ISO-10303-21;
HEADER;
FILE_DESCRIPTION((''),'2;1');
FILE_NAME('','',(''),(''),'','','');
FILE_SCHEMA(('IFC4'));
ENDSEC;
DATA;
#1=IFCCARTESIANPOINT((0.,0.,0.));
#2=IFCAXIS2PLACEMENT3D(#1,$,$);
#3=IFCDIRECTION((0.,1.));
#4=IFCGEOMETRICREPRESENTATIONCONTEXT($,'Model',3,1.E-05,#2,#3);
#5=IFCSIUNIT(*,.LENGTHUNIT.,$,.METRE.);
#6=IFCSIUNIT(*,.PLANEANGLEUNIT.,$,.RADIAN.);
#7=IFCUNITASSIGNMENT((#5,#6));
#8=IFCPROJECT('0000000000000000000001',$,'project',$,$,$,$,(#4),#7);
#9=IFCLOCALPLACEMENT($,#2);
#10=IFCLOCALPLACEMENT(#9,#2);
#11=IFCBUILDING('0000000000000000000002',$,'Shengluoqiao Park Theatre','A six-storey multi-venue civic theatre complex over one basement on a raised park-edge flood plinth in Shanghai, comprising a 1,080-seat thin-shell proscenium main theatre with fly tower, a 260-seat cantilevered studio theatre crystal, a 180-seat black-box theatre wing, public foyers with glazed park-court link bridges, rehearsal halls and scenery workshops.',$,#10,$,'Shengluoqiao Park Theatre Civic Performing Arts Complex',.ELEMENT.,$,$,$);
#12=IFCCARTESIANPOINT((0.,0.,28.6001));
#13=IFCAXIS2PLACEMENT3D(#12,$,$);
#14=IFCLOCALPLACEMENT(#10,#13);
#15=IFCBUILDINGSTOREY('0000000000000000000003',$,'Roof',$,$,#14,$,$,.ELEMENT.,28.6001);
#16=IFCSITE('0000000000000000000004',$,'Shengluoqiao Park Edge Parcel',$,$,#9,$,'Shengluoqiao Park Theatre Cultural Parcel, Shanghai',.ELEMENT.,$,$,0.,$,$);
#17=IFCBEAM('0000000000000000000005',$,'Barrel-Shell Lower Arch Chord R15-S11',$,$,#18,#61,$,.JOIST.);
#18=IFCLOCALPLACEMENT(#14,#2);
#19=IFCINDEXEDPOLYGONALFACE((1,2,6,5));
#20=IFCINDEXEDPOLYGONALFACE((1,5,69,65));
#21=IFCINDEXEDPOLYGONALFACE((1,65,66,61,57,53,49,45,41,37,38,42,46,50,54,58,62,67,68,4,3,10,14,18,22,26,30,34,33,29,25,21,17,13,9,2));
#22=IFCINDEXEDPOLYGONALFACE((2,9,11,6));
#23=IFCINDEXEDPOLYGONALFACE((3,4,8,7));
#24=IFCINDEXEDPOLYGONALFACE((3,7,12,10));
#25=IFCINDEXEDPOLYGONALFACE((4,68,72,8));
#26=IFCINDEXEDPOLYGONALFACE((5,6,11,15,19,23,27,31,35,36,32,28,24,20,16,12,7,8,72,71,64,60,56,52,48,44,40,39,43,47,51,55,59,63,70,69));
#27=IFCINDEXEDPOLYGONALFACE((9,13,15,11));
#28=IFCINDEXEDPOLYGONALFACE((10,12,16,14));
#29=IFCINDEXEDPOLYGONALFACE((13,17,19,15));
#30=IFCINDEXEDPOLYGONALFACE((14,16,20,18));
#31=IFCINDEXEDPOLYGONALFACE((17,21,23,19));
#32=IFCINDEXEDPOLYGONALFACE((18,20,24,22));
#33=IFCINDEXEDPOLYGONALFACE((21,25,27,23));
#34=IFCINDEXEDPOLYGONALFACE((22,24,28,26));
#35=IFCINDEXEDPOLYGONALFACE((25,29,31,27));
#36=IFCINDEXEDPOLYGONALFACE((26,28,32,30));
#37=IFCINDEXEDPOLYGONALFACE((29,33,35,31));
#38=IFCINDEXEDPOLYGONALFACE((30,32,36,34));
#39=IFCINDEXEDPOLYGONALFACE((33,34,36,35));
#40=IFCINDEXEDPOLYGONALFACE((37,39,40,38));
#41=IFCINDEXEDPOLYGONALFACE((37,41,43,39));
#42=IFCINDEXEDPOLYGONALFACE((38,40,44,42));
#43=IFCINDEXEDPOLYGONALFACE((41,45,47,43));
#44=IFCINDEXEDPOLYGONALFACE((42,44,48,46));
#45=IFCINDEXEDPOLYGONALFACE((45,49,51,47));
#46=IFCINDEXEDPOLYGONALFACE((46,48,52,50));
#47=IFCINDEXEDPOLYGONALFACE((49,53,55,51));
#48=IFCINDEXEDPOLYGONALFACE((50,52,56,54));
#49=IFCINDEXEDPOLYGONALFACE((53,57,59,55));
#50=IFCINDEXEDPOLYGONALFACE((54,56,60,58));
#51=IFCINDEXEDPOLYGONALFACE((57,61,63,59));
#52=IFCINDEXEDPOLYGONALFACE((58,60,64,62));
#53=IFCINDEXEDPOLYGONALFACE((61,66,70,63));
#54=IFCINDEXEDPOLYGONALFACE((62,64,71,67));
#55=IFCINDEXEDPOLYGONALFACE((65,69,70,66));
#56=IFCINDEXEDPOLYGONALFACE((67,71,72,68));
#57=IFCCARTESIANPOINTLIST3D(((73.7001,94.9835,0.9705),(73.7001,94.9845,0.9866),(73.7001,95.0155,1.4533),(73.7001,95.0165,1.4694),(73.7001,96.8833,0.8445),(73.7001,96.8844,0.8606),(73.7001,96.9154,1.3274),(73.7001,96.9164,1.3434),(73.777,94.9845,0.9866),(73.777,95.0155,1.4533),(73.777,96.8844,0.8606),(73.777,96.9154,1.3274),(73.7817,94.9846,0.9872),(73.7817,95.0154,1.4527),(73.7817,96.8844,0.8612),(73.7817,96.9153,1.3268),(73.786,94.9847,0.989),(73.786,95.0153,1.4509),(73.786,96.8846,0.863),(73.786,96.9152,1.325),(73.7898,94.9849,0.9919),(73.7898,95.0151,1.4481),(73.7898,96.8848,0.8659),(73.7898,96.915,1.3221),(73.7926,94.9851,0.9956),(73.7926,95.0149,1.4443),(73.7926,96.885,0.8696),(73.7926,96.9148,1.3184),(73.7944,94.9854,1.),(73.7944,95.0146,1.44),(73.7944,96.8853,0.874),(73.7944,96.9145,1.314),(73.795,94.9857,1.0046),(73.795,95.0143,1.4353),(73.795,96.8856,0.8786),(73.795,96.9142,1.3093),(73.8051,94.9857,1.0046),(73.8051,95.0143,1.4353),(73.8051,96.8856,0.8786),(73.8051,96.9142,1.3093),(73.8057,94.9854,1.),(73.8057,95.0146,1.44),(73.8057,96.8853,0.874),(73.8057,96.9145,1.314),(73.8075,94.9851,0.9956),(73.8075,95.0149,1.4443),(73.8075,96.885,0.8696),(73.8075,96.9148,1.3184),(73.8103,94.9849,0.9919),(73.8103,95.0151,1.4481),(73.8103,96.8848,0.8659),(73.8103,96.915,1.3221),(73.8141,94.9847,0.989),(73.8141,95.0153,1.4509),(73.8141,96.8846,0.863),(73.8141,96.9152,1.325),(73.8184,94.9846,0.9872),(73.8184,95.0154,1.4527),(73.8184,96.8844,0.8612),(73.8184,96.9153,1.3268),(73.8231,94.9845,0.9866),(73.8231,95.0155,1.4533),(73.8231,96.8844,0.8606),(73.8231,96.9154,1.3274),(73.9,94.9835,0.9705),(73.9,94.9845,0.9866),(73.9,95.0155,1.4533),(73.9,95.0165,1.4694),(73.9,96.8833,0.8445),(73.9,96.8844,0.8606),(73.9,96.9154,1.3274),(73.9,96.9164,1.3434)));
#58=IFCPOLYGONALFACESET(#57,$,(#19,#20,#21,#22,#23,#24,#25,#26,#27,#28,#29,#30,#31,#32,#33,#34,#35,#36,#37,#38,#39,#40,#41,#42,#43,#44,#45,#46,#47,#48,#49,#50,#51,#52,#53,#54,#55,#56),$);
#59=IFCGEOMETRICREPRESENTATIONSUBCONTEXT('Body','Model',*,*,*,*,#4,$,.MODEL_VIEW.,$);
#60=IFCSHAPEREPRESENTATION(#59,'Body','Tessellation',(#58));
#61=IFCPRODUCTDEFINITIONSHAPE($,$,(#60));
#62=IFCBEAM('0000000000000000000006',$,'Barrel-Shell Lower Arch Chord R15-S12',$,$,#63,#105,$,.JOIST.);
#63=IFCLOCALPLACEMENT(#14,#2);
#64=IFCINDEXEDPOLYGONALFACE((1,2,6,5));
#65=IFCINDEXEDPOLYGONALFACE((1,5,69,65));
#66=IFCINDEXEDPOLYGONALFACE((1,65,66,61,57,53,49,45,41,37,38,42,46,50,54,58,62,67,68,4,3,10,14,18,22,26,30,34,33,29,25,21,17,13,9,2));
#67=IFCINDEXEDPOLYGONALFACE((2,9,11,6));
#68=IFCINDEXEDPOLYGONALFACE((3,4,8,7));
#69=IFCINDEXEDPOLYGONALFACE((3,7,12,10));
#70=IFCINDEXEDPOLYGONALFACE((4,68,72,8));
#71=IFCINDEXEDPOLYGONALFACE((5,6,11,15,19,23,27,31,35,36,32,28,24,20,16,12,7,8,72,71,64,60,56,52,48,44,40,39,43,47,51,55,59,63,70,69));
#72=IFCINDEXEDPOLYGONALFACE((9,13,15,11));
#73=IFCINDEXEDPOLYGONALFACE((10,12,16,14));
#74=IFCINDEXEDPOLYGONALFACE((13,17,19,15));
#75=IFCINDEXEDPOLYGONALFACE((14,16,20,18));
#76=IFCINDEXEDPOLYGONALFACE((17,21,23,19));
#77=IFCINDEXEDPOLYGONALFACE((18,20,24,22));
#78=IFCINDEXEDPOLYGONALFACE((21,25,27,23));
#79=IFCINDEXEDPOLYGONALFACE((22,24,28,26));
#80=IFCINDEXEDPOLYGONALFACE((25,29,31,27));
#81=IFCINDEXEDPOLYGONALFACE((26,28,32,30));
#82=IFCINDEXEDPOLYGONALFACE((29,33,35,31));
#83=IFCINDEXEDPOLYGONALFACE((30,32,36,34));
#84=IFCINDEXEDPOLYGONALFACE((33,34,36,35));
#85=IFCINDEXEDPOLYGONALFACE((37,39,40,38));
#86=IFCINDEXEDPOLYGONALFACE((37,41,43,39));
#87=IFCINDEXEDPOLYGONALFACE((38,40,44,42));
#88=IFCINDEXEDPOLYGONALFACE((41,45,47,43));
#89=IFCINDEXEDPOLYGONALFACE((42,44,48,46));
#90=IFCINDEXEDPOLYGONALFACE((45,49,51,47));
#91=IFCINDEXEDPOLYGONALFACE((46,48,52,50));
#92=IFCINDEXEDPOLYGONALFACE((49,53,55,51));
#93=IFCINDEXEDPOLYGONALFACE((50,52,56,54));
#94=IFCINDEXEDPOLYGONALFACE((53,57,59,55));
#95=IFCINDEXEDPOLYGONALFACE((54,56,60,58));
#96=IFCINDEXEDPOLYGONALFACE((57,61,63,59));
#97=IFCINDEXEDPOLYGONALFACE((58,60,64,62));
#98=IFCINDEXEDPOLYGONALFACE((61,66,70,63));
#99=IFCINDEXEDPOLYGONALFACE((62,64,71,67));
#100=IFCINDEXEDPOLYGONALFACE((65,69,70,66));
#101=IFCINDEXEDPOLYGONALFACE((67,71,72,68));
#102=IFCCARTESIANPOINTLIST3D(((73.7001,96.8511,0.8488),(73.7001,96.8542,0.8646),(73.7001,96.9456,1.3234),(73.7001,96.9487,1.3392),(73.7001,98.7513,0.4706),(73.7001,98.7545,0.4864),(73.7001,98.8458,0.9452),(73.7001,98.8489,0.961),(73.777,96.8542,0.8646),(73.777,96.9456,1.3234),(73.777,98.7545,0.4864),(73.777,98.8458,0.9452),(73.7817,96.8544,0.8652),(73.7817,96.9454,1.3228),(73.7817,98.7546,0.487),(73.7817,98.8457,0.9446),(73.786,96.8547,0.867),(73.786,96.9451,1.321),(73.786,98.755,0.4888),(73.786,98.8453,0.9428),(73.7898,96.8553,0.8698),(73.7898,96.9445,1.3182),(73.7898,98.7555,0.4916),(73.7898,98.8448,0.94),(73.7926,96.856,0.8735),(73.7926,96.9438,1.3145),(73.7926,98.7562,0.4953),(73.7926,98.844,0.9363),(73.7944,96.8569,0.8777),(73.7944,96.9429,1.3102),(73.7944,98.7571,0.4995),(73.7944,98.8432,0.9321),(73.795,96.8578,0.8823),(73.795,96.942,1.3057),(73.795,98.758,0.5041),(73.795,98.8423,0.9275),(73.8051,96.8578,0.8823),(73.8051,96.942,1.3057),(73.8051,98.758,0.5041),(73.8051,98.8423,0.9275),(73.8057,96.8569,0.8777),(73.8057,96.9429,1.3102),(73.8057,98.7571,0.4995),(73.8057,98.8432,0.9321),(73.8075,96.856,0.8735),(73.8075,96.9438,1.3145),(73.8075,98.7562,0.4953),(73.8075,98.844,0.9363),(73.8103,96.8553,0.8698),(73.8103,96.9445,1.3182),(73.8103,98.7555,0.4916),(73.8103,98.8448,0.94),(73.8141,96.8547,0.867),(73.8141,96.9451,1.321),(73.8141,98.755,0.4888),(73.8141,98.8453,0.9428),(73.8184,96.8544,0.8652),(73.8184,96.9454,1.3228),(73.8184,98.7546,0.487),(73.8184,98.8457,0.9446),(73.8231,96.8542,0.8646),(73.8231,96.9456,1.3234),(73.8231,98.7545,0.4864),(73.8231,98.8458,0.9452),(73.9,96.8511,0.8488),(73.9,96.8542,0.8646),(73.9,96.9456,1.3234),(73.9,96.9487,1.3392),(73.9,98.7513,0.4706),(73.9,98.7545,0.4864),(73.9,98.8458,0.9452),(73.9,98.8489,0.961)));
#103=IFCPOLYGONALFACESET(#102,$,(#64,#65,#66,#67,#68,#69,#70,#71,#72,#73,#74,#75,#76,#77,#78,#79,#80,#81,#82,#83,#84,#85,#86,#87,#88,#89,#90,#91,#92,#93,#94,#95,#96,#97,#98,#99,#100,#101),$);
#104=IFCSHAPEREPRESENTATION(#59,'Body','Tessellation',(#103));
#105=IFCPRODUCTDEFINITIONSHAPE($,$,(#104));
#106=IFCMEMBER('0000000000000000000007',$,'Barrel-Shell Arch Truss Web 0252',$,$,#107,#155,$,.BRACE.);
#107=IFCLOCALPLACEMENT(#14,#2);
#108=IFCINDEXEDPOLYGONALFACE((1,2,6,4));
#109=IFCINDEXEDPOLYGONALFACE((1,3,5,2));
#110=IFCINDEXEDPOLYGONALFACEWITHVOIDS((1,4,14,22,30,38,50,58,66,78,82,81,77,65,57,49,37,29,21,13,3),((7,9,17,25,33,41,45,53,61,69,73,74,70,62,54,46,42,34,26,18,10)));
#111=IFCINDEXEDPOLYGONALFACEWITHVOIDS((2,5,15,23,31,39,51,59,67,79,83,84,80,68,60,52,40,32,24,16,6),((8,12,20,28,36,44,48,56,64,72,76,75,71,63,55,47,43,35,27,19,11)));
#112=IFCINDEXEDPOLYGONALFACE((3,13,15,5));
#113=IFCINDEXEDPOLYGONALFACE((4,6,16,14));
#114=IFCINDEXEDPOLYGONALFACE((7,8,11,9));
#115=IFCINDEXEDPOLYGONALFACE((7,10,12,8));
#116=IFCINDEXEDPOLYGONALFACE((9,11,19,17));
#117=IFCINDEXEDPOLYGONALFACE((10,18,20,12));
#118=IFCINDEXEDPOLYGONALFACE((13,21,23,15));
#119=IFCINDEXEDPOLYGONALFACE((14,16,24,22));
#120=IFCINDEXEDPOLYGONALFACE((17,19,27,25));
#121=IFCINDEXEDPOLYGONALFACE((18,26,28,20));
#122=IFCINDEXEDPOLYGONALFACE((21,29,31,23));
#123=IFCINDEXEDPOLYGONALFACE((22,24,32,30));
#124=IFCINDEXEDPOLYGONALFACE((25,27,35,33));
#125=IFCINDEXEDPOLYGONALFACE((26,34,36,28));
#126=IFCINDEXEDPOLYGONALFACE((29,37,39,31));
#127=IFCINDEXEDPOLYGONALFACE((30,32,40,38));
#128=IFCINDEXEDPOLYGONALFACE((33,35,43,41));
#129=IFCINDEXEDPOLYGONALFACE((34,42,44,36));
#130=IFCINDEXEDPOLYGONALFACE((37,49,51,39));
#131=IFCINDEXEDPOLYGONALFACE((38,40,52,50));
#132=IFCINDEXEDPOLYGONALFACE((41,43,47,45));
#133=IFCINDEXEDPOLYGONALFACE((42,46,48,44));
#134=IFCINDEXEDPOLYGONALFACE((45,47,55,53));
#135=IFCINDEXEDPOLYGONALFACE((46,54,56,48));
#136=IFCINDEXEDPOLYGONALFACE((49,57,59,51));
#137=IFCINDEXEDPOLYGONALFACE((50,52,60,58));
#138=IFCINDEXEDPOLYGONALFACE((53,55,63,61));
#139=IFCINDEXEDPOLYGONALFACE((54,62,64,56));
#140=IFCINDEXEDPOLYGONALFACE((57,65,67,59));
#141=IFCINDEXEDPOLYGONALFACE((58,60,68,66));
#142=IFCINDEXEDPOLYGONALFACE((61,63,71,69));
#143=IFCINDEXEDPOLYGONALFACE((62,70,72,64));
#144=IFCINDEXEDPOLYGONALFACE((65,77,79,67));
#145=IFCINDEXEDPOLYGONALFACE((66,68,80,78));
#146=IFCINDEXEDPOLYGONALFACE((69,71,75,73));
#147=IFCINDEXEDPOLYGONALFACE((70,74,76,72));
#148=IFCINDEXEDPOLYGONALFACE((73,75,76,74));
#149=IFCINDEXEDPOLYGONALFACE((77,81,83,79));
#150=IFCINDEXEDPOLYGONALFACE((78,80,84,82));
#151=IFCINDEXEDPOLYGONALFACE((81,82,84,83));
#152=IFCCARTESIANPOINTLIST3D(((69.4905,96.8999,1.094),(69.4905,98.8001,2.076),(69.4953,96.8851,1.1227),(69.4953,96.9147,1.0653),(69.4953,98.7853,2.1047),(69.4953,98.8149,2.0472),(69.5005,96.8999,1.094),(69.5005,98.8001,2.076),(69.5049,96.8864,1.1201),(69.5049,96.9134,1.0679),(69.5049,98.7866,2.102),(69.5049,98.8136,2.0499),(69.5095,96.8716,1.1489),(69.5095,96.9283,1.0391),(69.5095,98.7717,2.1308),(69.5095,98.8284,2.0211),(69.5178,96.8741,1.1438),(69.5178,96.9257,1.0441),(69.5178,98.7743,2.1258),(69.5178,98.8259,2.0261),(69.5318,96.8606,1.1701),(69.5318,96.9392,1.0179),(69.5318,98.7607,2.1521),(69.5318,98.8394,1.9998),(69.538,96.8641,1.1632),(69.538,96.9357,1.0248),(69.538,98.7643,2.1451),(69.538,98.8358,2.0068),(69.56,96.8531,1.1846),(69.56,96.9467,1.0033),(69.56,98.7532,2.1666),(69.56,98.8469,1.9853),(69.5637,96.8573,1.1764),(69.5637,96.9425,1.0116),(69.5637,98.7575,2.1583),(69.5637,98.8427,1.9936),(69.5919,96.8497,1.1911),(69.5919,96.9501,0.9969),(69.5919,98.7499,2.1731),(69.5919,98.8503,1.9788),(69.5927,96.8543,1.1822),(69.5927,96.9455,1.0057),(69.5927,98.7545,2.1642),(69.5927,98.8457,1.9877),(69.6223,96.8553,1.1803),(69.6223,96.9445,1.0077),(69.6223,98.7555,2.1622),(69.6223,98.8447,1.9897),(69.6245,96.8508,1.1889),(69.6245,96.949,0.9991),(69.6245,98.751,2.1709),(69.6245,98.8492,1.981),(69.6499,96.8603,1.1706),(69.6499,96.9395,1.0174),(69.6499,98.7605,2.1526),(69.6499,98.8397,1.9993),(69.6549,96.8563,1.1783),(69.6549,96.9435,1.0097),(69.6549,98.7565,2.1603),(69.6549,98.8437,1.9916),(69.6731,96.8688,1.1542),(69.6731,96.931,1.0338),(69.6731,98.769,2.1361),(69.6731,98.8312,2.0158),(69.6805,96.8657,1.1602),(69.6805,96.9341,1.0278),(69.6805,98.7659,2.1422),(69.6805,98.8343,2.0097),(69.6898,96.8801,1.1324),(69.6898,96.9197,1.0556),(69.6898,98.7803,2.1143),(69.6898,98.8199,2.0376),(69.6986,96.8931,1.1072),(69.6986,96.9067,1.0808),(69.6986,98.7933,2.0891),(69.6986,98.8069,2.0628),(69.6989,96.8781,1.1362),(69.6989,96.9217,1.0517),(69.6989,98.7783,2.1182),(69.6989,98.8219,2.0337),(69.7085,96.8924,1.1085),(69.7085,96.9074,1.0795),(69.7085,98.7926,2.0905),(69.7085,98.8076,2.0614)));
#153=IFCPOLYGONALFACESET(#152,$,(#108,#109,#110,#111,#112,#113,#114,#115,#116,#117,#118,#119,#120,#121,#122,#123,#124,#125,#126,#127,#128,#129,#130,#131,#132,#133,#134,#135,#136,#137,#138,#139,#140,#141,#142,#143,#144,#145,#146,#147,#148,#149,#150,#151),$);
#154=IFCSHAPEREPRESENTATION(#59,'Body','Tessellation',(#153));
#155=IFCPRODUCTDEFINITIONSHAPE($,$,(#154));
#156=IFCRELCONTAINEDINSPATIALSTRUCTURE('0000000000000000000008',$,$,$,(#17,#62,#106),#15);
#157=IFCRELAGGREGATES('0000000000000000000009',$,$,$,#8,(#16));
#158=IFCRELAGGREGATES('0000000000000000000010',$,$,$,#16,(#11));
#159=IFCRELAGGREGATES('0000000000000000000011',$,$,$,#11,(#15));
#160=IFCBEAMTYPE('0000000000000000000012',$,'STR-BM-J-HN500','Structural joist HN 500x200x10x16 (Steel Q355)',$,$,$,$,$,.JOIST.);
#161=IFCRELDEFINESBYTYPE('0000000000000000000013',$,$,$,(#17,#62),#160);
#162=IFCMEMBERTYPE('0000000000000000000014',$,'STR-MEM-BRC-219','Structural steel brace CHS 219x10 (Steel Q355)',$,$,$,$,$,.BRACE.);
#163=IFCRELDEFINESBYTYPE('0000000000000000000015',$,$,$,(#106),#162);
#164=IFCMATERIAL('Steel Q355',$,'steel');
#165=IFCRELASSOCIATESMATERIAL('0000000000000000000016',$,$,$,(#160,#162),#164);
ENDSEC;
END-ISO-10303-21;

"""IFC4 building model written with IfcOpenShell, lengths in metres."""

from ifc_helpers import new_model, si_unit, direction, frame, origin, origin_2d, place, context, subcontext, project, spatial, hollow_circle, i_section, extrude, material, material_profile, profile_set, type_object, element, save


model = new_model("IFC4")

# Units and contexts
model_context = context("Model", 3, precision=1e-05, world=origin(), true_north=direction((0.0, 1.0)))
body_context = subcontext(model_context, "Body", "Model", "MODEL_VIEW")
ifc_project = project(units=[si_unit("LENGTHUNIT", "METRE"), si_unit("PLANEANGLEUNIT", "RADIAN")], contexts=[model_context])

# Site, building, storey
site_placement = place(None, origin())
site = spatial("IfcSite", under=ifc_project, at=site_placement, Name="Shengluoqiao Park Edge Parcel", LongName="Shengluoqiao Park Theatre Cultural Parcel, Shanghai", CompositionType="ELEMENT", RefElevation=0.0)
building_placement = place(site_placement, origin())
building = spatial("IfcBuilding", under=site, at=building_placement, Name="Shengluoqiao Park Theatre", Description="A six-storey multi-venue civic theatre complex over one basement on a raised park-edge flood plinth in Shanghai, comprising a 1,080-seat thin-shell proscenium main theatre with fly tower, a 260-seat cantilevered studio theatre crystal, a 180-seat black-box theatre wing, public foyers with glazed park-court link bridges, rehearsal halls and scenery workshops.", LongName="Shengluoqiao Park Theatre Civic Performing Arts Complex", CompositionType="ELEMENT")
storey_placement = place(building_placement, frame((0.0, 0.0, 28.6001)))
storey = spatial("IfcBuildingStorey", under=building, at=storey_placement, Name="Roof", CompositionType="ELEMENT", Elevation=28.6001)

# Beams
ifc_material_1 = material(Name="Steel Q355", Category="steel")
ifc_material_profile_1 = material_profile(ifc_material_1, i_section(OverallWidth=0.2, OverallDepth=0.5, WebThickness=0.01, FlangeThickness=0.0161, FilletRadius=0.0181, at=origin_2d()), Name="HN 500x200x10x16")
ifc_profile_set_1 = profile_set([ifc_material_profile_1], Name="Steel Q355")
beam_type_1 = type_object("IfcBeamType", Name="STR-BM-J-HN500", Description="Structural joist HN 500x200x10x16 (Steel Q355)", PredefinedType="JOIST", material=ifc_profile_set_1)
beam_1_placement = place(storey_placement, frame((73.8, 95.0, 1.22), z_axis=(0.0, 0.997809, -0.066162), x_axis=(-1.0, 0.0, 0.0)))
element("IfcBeam", 1, at=beam_1_placement, inside=storey, type_object=beam_type_1, Name="Barrel-Shell Lower Arch Chord R15-S11", PredefinedType="JOIST", context=body_context, shape_type="SweptSolid", body=[
    extrude(i_section(OverallWidth=0.2, OverallDepth=0.5, WebThickness=0.01, FlangeThickness=0.0161, FilletRadius=0.0181, at=origin_2d()), origin(), (0.0, 0.0, 1.0), 1.9041),
])
beam_2_placement = place(storey_placement, frame((73.8, 96.8999, 1.094), z_axis=(0.0, 0.980764, -0.195195), x_axis=(-1.0, 0.0, 0.0)))
element("IfcBeam", 2, at=beam_2_placement, inside=storey, type_object=beam_type_1, Name="Barrel-Shell Lower Arch Chord R15-S12", PredefinedType="JOIST", context=body_context, shape_type="SweptSolid", body=[
    extrude(i_section(OverallWidth=0.2, OverallDepth=0.5, WebThickness=0.01, FlangeThickness=0.0161, FilletRadius=0.0181, at=origin_2d()), origin(), (0.0, 0.0, 1.0), 1.9375),
])

# Member
ifc_material_profile_2 = material_profile(ifc_material_1, hollow_circle(Radius=0.1096, WallThickness=0.01, at=origin_2d()), Name="CHS 219x10")
ifc_profile_set_2 = profile_set([ifc_material_profile_2], Name="Steel Q355")
member_type_1 = type_object("IfcMemberType", Name="STR-MEM-BRC-219", Description="Structural steel brace CHS 219x10 (Steel Q355)", PredefinedType="BRACE", material=ifc_profile_set_2)
member_1_placement = place(storey_placement, frame((69.6001, 96.8999, 1.094), z_axis=(0.0, 0.888389, 0.459091), x_axis=(-1.0, 0.0, 0.0)))
element("IfcMember", 3, at=member_1_placement, inside=storey, type_object=member_type_1, Name="Barrel-Shell Arch Truss Web 0252", PredefinedType="BRACE", context=body_context, shape_type="SweptSolid", body=[
    extrude(hollow_circle(Radius=0.1096, WallThickness=0.01, at=origin_2d()), origin(), (0.0, 0.0, 1.0), 2.1389),
])

save(model, "model.ifc")
